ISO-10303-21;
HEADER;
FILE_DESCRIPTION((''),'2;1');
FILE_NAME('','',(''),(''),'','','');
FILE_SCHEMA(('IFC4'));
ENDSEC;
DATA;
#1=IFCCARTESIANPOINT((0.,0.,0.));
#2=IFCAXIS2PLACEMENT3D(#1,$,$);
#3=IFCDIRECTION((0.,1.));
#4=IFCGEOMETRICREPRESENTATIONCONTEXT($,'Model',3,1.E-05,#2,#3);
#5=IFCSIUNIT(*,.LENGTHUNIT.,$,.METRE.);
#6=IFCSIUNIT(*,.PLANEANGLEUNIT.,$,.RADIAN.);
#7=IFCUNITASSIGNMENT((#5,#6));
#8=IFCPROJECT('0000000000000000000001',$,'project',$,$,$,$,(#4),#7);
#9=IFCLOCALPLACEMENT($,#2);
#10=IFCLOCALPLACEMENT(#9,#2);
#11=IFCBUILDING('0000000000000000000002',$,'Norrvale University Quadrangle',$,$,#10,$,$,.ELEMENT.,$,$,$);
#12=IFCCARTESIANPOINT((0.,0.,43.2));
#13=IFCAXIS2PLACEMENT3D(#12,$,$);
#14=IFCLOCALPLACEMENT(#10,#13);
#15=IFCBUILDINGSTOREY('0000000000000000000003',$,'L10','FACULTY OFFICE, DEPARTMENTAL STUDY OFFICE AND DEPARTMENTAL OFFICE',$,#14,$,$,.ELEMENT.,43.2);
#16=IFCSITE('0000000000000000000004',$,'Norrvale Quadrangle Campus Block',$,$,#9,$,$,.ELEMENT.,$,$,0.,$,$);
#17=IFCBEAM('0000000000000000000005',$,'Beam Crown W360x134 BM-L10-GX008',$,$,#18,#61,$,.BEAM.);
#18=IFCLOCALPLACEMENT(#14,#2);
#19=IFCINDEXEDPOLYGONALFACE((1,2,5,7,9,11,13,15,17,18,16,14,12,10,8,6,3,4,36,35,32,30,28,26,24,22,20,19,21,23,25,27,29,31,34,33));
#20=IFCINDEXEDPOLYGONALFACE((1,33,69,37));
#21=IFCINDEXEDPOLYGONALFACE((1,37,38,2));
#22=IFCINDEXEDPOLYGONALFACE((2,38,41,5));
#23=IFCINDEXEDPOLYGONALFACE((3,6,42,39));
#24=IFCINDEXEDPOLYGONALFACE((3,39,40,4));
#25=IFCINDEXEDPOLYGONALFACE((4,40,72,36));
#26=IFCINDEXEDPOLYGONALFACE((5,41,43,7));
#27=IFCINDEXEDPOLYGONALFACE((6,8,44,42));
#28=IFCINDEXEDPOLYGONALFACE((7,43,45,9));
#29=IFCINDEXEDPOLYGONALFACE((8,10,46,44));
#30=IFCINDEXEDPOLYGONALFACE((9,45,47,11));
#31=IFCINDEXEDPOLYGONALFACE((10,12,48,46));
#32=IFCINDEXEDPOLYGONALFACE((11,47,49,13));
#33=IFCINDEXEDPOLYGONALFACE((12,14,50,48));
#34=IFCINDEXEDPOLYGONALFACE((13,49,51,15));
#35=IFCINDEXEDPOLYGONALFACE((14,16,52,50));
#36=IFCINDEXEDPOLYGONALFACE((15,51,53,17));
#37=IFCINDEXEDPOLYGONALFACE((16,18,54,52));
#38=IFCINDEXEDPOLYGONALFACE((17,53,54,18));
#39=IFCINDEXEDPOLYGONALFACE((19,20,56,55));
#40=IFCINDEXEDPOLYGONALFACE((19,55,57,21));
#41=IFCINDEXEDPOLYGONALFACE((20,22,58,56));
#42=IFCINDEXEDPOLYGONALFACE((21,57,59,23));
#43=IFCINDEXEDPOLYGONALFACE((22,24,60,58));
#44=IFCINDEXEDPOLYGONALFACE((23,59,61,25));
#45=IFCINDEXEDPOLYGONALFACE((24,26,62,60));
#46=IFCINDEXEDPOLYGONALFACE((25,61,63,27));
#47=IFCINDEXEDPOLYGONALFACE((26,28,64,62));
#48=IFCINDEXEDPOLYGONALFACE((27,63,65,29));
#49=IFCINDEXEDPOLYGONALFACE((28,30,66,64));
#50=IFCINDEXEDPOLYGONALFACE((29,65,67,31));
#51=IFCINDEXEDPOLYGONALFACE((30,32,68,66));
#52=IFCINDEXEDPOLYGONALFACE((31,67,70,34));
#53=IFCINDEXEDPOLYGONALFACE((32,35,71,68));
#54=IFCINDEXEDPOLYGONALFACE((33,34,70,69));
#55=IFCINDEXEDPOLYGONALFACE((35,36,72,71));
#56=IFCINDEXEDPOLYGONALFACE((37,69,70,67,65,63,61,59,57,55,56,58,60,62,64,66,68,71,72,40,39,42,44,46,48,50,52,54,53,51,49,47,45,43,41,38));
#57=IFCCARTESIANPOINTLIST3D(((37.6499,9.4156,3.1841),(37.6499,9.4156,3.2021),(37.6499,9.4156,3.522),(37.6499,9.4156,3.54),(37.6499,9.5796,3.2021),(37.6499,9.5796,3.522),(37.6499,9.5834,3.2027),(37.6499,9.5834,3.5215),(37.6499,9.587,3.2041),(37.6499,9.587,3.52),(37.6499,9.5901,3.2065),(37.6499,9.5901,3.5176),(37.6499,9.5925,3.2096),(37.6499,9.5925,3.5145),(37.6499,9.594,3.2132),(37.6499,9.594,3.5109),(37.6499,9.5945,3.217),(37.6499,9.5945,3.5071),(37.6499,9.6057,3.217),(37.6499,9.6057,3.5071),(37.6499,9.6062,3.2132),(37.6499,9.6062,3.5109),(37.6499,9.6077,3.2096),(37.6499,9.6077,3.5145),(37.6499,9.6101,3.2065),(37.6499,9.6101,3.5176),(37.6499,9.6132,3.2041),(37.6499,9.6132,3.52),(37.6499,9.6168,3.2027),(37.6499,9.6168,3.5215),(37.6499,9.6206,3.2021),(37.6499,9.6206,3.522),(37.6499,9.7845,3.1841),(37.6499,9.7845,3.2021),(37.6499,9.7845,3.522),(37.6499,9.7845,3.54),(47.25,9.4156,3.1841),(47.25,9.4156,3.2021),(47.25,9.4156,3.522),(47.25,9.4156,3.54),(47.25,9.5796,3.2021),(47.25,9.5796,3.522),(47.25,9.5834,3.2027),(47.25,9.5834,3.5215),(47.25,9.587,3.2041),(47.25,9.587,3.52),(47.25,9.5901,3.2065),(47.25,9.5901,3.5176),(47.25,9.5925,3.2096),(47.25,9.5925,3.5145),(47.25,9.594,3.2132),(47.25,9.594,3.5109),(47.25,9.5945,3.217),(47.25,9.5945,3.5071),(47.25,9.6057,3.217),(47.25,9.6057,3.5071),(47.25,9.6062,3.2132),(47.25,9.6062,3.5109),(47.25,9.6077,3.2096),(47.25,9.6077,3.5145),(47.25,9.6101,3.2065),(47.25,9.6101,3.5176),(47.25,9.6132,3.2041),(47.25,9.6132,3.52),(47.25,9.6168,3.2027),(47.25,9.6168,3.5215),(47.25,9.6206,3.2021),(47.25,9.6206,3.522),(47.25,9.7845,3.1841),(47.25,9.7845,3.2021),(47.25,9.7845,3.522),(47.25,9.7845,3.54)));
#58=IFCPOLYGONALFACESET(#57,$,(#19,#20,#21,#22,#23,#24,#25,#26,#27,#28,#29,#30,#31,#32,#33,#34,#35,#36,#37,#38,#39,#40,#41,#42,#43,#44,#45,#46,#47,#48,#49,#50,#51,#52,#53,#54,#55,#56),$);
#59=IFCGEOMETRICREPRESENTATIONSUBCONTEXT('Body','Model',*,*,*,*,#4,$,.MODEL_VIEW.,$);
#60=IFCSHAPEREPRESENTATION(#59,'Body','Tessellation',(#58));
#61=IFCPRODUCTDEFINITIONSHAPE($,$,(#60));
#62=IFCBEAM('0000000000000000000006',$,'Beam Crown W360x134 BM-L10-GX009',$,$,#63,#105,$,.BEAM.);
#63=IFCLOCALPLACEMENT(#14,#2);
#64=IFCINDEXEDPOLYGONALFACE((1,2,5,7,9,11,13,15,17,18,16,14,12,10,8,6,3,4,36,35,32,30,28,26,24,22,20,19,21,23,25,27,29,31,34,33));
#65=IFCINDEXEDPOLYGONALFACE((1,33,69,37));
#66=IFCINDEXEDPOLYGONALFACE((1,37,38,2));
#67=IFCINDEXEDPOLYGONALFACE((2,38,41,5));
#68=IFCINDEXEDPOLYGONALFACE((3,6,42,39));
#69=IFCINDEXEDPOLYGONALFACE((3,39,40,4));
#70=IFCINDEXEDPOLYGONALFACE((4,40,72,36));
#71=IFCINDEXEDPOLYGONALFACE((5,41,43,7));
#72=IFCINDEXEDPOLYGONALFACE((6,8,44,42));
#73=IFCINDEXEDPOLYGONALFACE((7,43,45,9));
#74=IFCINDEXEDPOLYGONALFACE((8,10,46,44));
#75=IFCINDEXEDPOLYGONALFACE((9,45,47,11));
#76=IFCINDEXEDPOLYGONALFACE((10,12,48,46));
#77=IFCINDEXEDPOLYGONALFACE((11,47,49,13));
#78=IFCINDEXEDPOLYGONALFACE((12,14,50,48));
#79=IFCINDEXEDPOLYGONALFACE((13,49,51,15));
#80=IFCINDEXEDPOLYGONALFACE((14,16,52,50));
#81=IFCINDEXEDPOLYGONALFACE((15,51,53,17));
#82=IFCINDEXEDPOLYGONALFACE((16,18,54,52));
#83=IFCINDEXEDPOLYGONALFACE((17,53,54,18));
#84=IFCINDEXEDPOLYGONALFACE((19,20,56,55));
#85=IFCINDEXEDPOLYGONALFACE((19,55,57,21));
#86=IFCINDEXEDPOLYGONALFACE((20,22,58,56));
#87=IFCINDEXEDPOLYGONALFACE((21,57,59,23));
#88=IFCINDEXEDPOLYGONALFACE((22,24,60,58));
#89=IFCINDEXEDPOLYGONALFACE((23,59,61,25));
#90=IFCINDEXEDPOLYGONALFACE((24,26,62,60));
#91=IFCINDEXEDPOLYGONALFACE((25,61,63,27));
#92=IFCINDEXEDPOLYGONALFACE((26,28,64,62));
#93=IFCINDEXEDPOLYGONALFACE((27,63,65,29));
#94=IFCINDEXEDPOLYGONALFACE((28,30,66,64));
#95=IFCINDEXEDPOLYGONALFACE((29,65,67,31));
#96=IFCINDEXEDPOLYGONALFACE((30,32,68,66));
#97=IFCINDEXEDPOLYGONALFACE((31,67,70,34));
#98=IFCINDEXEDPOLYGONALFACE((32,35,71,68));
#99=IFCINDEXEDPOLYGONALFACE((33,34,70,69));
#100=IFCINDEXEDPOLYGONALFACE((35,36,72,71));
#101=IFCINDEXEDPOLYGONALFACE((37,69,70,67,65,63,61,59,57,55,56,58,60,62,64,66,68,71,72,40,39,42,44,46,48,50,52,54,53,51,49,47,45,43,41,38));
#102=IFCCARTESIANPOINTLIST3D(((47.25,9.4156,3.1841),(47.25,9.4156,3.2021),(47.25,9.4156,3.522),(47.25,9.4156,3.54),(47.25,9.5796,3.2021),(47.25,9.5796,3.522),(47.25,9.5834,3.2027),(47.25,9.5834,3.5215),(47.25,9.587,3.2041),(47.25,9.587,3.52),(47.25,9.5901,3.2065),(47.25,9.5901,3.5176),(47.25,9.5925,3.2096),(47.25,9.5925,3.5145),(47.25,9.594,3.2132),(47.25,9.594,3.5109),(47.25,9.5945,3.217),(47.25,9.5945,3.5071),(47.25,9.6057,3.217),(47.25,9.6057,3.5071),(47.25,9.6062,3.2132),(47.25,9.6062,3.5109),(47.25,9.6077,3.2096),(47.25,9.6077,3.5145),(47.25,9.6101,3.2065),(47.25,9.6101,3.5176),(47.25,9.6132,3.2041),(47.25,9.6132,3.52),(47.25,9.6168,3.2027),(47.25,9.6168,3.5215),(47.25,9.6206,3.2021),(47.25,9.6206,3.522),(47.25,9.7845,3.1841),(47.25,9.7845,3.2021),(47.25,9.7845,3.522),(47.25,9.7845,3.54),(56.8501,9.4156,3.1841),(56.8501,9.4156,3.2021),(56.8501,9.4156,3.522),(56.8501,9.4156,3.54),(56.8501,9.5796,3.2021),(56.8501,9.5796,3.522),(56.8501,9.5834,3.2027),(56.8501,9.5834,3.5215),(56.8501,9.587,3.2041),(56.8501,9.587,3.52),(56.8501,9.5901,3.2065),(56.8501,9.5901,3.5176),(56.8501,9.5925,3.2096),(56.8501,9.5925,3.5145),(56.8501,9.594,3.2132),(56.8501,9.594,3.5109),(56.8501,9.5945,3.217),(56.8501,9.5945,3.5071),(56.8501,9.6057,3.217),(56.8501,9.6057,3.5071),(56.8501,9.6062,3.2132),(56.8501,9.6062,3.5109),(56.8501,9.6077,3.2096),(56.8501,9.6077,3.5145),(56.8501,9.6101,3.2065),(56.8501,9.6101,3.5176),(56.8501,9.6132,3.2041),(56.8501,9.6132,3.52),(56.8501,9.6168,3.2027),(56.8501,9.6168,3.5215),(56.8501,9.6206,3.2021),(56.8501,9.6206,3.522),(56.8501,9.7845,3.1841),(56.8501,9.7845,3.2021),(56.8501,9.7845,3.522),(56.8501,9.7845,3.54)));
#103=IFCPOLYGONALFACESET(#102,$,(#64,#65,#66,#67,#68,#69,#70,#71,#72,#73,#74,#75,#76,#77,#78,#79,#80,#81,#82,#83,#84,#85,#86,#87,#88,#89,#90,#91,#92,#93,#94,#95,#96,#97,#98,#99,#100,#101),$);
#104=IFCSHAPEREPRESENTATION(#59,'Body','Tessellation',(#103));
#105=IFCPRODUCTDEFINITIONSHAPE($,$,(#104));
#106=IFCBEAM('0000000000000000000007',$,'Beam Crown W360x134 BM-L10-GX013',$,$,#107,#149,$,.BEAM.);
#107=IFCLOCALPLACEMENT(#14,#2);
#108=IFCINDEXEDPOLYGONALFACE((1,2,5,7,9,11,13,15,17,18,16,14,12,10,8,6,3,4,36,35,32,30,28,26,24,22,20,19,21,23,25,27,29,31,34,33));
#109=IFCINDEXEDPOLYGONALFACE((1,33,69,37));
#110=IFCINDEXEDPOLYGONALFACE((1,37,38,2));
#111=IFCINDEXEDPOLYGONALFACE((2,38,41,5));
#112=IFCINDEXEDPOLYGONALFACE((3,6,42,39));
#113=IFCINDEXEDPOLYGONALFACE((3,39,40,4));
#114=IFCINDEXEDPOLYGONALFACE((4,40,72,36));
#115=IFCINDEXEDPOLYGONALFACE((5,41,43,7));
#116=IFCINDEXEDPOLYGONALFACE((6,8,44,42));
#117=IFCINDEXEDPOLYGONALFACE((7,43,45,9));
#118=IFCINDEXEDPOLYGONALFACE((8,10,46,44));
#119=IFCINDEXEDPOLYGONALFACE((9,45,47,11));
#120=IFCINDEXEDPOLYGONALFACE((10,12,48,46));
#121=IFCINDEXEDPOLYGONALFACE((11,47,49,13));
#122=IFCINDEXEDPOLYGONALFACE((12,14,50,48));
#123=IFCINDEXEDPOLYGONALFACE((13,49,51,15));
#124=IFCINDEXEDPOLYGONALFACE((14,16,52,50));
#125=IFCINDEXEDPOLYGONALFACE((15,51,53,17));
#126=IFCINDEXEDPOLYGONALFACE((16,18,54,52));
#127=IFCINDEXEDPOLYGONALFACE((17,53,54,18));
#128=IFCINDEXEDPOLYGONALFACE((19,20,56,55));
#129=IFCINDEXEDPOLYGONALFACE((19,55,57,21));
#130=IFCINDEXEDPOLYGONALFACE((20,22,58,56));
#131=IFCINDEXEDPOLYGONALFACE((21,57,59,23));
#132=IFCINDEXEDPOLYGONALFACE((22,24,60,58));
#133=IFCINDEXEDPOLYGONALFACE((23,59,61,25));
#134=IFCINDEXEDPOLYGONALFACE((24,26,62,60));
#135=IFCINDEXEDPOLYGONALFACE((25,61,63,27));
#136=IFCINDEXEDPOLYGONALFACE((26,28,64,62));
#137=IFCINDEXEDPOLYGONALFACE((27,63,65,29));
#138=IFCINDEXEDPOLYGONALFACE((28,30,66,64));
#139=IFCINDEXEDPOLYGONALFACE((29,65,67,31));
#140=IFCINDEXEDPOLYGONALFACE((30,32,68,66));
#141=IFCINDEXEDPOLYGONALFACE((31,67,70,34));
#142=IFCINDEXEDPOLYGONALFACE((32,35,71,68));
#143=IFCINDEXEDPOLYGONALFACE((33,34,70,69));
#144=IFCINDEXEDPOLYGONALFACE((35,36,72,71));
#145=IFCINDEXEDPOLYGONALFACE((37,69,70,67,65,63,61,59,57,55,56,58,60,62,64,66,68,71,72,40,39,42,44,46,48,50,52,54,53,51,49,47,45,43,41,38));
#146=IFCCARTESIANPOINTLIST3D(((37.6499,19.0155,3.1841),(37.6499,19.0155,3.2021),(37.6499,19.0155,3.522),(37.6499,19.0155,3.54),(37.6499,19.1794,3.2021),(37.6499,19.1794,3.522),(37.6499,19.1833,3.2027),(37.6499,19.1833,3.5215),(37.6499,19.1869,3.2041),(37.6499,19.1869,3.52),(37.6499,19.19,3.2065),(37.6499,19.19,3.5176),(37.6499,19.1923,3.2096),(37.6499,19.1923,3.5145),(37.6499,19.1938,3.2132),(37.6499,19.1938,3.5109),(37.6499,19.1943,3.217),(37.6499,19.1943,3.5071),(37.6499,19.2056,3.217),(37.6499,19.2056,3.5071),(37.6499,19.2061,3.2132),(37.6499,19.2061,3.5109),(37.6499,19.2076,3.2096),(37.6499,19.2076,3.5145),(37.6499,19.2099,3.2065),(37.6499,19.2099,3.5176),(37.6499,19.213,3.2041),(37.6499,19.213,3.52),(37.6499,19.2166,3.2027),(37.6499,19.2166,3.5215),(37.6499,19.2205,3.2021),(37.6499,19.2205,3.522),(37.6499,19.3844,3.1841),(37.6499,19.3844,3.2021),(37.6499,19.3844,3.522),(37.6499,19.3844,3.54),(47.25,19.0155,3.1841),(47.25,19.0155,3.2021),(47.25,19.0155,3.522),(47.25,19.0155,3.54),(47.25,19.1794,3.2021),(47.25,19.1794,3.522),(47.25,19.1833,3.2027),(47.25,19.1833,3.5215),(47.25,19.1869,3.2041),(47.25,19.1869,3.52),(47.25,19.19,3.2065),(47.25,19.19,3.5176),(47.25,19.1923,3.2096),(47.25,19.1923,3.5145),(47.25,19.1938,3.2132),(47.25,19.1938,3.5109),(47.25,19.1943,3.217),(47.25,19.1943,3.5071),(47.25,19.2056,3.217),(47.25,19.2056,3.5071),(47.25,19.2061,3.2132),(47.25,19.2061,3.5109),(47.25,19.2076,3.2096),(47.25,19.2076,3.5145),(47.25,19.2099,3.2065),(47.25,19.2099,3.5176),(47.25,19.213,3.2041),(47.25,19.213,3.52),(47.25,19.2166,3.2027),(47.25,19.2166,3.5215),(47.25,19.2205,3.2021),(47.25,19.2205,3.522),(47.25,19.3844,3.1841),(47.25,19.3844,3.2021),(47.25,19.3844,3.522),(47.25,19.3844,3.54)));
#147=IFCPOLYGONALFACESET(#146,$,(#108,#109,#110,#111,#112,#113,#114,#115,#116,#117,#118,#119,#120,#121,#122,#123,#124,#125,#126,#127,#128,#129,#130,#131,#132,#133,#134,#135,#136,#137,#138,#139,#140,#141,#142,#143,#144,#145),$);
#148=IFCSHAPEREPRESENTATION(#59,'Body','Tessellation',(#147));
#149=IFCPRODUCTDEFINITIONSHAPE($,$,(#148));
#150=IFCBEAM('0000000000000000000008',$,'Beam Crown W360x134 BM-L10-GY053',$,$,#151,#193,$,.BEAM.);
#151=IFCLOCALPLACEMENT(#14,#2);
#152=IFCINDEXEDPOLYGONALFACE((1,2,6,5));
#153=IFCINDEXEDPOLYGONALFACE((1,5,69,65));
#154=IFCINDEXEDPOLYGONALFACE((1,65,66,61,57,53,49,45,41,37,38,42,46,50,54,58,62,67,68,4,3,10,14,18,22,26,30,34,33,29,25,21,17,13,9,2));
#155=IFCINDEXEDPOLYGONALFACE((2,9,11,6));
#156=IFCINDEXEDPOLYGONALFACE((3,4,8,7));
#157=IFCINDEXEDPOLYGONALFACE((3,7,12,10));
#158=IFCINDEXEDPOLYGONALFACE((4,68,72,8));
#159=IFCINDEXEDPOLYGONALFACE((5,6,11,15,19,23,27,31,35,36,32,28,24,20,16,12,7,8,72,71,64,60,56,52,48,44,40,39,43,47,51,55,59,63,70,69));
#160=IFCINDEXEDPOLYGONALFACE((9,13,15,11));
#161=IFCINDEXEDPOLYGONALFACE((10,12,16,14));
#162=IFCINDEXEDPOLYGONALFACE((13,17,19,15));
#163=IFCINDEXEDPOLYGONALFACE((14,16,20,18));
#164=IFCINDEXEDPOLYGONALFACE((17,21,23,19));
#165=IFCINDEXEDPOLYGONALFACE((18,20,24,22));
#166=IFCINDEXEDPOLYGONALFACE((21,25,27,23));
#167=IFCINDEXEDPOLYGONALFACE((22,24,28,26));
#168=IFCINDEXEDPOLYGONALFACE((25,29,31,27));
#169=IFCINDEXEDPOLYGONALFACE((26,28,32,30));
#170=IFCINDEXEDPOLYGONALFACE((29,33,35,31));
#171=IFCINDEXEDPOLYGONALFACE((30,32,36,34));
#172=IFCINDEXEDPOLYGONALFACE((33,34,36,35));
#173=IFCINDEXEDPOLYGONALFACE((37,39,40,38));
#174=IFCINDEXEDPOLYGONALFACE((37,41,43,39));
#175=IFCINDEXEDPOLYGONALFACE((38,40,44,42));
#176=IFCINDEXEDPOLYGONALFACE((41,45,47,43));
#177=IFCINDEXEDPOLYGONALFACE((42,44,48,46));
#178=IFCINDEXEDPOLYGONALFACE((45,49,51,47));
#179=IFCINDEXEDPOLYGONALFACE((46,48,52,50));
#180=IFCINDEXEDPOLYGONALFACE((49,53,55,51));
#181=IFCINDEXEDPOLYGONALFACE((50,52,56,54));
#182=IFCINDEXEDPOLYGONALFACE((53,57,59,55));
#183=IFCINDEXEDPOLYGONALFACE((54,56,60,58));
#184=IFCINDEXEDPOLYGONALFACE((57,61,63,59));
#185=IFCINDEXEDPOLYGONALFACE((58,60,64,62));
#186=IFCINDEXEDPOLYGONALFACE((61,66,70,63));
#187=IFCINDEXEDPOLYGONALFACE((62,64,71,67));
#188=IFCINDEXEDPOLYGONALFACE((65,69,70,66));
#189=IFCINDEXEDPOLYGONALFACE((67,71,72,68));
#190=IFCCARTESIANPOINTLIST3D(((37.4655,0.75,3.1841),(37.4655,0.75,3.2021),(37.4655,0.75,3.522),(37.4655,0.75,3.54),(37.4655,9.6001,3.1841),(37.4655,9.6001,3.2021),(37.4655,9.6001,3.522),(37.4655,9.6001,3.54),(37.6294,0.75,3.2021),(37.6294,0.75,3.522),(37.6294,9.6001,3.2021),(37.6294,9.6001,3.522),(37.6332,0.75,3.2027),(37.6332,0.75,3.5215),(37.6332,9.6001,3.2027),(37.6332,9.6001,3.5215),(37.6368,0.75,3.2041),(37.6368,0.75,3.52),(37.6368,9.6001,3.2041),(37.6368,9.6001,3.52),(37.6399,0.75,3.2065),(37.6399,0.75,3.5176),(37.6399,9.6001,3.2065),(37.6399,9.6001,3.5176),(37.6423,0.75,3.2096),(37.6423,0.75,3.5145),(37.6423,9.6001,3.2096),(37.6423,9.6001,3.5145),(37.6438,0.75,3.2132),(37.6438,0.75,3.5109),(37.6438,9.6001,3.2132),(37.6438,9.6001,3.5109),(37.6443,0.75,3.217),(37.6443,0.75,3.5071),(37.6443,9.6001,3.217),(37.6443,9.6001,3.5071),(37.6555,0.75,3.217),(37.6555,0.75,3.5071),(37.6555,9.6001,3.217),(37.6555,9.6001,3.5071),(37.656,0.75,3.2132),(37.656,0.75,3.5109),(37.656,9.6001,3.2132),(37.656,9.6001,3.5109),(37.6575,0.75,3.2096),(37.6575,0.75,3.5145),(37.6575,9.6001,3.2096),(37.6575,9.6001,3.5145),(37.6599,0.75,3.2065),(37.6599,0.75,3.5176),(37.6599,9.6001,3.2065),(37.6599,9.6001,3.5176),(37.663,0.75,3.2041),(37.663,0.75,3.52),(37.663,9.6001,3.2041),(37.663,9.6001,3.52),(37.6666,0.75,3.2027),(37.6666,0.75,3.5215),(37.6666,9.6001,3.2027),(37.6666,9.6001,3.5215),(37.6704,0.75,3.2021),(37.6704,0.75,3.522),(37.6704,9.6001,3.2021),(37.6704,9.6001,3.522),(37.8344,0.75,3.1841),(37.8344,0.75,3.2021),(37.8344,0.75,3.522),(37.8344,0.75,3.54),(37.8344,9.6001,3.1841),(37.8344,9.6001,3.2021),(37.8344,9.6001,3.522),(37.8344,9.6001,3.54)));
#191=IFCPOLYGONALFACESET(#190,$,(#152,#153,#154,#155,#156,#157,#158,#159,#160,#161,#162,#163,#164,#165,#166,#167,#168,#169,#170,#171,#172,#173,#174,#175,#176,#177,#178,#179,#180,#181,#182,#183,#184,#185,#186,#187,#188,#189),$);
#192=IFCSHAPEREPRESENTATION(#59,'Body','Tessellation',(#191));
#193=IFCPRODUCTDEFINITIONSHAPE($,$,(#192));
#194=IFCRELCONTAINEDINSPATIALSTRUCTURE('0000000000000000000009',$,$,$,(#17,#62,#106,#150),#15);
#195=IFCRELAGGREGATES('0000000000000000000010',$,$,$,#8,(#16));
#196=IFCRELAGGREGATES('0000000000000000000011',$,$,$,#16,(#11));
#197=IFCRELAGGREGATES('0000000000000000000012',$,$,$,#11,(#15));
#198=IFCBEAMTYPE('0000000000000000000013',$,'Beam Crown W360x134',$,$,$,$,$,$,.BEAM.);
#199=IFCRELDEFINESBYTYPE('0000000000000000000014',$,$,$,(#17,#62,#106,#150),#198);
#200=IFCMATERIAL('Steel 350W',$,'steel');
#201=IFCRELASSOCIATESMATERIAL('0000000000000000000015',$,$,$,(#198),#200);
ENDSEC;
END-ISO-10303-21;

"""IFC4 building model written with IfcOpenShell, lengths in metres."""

from ifc_helpers import new_model, si_unit, direction, frame, origin, origin_2d, place, context, subcontext, project, spatial, i_section, extrude, material, material_profile, profile_set, type_object, element, save


model = new_model("IFC4")

# Units and contexts
model_context = context("Model", 3, precision=1e-05, world=origin(), true_north=direction((0.0, 1.0)))
body_context = subcontext(model_context, "Body", "Model", "MODEL_VIEW")
ifc_project = project(units=[si_unit("LENGTHUNIT", "METRE"), si_unit("PLANEANGLEUNIT", "RADIAN")], contexts=[model_context])

# Site, building, storey
site_placement = place(None, origin())
site = spatial("IfcSite", under=ifc_project, at=site_placement, Name="Norrvale Quadrangle Campus Block", CompositionType="ELEMENT", RefElevation=0.0)
building_placement = place(site_placement, origin())
building = spatial("IfcBuilding", under=site, at=building_placement, Name="Norrvale University Quadrangle", CompositionType="ELEMENT")
storey_placement = place(building_placement, frame((0.0, 0.0, 43.2)))
storey = spatial("IfcBuildingStorey", under=building, at=storey_placement, Name="L10", Description="FACULTY OFFICE, DEPARTMENTAL STUDY OFFICE AND DEPARTMENTAL OFFICE", CompositionType="ELEMENT", Elevation=43.2)

# Beams
ifc_material_1 = material(Name="Steel 350W", Category="steel")
ifc_material_profile_1 = material_profile(ifc_material_1, i_section(OverallWidth=0.3689, OverallDepth=0.356, WebThickness=0.0112, FlangeThickness=0.0181, FilletRadius=0.0149, at=origin_2d()), Name="Steel 350W")
ifc_profile_set_1 = profile_set([ifc_material_profile_1], Name="Steel 350W")
beam_type_1 = type_object("IfcBeamType", Name="Beam Crown W360x134", PredefinedType="BEAM", material=ifc_profile_set_1)
for number, where, z_axis, x_axis, name in (
    (1, (37.6499, 9.6001, 3.3621), (1.0, 0.0, 0.0), (0.0, 1.0, 0.0), "Beam Crown W360x134 BM-L10-GX008"),
    (2, (47.25, 9.6001, 3.3621), (1.0, 0.0, 0.0), (0.0, 1.0, 0.0), "Beam Crown W360x134 BM-L10-GX009"),
    (3, (37.6499, 19.2, 3.3621), (1.0, 0.0, 0.0), (0.0, 1.0, 0.0), "Beam Crown W360x134 BM-L10-GX013"),
):
    element("IfcBeam", number, at=place(storey_placement, frame(where, z_axis=z_axis, x_axis=x_axis)), inside=storey, type_object=beam_type_1, Name=name, PredefinedType="BEAM", context=body_context, shape_type="SweptSolid", body=[
        extrude(i_section(OverallWidth=0.3689, OverallDepth=0.356, WebThickness=0.0112, FlangeThickness=0.0181, FilletRadius=0.0149, at=origin_2d()), origin(), (0.0, 0.0, 1.0), 9.6001),
    ])
beam_1_placement = place(storey_placement, frame((37.6499, 0.75, 3.3621), z_axis=(0.0, 1.0, 0.0), x_axis=(-1.0, 0.0, 0.0)))
element("IfcBeam", 4, at=beam_1_placement, inside=storey, type_object=beam_type_1, Name="Beam Crown W360x134 BM-L10-GY053", PredefinedType="BEAM", context=body_context, shape_type="SweptSolid", body=[
    extrude(i_section(OverallWidth=0.3689, OverallDepth=0.356, WebThickness=0.0112, FlangeThickness=0.0181, FilletRadius=0.0149, at=origin_2d()), origin(), (0.0, 0.0, 1.0), 8.8501),
])

save(model, "model.ifc")
